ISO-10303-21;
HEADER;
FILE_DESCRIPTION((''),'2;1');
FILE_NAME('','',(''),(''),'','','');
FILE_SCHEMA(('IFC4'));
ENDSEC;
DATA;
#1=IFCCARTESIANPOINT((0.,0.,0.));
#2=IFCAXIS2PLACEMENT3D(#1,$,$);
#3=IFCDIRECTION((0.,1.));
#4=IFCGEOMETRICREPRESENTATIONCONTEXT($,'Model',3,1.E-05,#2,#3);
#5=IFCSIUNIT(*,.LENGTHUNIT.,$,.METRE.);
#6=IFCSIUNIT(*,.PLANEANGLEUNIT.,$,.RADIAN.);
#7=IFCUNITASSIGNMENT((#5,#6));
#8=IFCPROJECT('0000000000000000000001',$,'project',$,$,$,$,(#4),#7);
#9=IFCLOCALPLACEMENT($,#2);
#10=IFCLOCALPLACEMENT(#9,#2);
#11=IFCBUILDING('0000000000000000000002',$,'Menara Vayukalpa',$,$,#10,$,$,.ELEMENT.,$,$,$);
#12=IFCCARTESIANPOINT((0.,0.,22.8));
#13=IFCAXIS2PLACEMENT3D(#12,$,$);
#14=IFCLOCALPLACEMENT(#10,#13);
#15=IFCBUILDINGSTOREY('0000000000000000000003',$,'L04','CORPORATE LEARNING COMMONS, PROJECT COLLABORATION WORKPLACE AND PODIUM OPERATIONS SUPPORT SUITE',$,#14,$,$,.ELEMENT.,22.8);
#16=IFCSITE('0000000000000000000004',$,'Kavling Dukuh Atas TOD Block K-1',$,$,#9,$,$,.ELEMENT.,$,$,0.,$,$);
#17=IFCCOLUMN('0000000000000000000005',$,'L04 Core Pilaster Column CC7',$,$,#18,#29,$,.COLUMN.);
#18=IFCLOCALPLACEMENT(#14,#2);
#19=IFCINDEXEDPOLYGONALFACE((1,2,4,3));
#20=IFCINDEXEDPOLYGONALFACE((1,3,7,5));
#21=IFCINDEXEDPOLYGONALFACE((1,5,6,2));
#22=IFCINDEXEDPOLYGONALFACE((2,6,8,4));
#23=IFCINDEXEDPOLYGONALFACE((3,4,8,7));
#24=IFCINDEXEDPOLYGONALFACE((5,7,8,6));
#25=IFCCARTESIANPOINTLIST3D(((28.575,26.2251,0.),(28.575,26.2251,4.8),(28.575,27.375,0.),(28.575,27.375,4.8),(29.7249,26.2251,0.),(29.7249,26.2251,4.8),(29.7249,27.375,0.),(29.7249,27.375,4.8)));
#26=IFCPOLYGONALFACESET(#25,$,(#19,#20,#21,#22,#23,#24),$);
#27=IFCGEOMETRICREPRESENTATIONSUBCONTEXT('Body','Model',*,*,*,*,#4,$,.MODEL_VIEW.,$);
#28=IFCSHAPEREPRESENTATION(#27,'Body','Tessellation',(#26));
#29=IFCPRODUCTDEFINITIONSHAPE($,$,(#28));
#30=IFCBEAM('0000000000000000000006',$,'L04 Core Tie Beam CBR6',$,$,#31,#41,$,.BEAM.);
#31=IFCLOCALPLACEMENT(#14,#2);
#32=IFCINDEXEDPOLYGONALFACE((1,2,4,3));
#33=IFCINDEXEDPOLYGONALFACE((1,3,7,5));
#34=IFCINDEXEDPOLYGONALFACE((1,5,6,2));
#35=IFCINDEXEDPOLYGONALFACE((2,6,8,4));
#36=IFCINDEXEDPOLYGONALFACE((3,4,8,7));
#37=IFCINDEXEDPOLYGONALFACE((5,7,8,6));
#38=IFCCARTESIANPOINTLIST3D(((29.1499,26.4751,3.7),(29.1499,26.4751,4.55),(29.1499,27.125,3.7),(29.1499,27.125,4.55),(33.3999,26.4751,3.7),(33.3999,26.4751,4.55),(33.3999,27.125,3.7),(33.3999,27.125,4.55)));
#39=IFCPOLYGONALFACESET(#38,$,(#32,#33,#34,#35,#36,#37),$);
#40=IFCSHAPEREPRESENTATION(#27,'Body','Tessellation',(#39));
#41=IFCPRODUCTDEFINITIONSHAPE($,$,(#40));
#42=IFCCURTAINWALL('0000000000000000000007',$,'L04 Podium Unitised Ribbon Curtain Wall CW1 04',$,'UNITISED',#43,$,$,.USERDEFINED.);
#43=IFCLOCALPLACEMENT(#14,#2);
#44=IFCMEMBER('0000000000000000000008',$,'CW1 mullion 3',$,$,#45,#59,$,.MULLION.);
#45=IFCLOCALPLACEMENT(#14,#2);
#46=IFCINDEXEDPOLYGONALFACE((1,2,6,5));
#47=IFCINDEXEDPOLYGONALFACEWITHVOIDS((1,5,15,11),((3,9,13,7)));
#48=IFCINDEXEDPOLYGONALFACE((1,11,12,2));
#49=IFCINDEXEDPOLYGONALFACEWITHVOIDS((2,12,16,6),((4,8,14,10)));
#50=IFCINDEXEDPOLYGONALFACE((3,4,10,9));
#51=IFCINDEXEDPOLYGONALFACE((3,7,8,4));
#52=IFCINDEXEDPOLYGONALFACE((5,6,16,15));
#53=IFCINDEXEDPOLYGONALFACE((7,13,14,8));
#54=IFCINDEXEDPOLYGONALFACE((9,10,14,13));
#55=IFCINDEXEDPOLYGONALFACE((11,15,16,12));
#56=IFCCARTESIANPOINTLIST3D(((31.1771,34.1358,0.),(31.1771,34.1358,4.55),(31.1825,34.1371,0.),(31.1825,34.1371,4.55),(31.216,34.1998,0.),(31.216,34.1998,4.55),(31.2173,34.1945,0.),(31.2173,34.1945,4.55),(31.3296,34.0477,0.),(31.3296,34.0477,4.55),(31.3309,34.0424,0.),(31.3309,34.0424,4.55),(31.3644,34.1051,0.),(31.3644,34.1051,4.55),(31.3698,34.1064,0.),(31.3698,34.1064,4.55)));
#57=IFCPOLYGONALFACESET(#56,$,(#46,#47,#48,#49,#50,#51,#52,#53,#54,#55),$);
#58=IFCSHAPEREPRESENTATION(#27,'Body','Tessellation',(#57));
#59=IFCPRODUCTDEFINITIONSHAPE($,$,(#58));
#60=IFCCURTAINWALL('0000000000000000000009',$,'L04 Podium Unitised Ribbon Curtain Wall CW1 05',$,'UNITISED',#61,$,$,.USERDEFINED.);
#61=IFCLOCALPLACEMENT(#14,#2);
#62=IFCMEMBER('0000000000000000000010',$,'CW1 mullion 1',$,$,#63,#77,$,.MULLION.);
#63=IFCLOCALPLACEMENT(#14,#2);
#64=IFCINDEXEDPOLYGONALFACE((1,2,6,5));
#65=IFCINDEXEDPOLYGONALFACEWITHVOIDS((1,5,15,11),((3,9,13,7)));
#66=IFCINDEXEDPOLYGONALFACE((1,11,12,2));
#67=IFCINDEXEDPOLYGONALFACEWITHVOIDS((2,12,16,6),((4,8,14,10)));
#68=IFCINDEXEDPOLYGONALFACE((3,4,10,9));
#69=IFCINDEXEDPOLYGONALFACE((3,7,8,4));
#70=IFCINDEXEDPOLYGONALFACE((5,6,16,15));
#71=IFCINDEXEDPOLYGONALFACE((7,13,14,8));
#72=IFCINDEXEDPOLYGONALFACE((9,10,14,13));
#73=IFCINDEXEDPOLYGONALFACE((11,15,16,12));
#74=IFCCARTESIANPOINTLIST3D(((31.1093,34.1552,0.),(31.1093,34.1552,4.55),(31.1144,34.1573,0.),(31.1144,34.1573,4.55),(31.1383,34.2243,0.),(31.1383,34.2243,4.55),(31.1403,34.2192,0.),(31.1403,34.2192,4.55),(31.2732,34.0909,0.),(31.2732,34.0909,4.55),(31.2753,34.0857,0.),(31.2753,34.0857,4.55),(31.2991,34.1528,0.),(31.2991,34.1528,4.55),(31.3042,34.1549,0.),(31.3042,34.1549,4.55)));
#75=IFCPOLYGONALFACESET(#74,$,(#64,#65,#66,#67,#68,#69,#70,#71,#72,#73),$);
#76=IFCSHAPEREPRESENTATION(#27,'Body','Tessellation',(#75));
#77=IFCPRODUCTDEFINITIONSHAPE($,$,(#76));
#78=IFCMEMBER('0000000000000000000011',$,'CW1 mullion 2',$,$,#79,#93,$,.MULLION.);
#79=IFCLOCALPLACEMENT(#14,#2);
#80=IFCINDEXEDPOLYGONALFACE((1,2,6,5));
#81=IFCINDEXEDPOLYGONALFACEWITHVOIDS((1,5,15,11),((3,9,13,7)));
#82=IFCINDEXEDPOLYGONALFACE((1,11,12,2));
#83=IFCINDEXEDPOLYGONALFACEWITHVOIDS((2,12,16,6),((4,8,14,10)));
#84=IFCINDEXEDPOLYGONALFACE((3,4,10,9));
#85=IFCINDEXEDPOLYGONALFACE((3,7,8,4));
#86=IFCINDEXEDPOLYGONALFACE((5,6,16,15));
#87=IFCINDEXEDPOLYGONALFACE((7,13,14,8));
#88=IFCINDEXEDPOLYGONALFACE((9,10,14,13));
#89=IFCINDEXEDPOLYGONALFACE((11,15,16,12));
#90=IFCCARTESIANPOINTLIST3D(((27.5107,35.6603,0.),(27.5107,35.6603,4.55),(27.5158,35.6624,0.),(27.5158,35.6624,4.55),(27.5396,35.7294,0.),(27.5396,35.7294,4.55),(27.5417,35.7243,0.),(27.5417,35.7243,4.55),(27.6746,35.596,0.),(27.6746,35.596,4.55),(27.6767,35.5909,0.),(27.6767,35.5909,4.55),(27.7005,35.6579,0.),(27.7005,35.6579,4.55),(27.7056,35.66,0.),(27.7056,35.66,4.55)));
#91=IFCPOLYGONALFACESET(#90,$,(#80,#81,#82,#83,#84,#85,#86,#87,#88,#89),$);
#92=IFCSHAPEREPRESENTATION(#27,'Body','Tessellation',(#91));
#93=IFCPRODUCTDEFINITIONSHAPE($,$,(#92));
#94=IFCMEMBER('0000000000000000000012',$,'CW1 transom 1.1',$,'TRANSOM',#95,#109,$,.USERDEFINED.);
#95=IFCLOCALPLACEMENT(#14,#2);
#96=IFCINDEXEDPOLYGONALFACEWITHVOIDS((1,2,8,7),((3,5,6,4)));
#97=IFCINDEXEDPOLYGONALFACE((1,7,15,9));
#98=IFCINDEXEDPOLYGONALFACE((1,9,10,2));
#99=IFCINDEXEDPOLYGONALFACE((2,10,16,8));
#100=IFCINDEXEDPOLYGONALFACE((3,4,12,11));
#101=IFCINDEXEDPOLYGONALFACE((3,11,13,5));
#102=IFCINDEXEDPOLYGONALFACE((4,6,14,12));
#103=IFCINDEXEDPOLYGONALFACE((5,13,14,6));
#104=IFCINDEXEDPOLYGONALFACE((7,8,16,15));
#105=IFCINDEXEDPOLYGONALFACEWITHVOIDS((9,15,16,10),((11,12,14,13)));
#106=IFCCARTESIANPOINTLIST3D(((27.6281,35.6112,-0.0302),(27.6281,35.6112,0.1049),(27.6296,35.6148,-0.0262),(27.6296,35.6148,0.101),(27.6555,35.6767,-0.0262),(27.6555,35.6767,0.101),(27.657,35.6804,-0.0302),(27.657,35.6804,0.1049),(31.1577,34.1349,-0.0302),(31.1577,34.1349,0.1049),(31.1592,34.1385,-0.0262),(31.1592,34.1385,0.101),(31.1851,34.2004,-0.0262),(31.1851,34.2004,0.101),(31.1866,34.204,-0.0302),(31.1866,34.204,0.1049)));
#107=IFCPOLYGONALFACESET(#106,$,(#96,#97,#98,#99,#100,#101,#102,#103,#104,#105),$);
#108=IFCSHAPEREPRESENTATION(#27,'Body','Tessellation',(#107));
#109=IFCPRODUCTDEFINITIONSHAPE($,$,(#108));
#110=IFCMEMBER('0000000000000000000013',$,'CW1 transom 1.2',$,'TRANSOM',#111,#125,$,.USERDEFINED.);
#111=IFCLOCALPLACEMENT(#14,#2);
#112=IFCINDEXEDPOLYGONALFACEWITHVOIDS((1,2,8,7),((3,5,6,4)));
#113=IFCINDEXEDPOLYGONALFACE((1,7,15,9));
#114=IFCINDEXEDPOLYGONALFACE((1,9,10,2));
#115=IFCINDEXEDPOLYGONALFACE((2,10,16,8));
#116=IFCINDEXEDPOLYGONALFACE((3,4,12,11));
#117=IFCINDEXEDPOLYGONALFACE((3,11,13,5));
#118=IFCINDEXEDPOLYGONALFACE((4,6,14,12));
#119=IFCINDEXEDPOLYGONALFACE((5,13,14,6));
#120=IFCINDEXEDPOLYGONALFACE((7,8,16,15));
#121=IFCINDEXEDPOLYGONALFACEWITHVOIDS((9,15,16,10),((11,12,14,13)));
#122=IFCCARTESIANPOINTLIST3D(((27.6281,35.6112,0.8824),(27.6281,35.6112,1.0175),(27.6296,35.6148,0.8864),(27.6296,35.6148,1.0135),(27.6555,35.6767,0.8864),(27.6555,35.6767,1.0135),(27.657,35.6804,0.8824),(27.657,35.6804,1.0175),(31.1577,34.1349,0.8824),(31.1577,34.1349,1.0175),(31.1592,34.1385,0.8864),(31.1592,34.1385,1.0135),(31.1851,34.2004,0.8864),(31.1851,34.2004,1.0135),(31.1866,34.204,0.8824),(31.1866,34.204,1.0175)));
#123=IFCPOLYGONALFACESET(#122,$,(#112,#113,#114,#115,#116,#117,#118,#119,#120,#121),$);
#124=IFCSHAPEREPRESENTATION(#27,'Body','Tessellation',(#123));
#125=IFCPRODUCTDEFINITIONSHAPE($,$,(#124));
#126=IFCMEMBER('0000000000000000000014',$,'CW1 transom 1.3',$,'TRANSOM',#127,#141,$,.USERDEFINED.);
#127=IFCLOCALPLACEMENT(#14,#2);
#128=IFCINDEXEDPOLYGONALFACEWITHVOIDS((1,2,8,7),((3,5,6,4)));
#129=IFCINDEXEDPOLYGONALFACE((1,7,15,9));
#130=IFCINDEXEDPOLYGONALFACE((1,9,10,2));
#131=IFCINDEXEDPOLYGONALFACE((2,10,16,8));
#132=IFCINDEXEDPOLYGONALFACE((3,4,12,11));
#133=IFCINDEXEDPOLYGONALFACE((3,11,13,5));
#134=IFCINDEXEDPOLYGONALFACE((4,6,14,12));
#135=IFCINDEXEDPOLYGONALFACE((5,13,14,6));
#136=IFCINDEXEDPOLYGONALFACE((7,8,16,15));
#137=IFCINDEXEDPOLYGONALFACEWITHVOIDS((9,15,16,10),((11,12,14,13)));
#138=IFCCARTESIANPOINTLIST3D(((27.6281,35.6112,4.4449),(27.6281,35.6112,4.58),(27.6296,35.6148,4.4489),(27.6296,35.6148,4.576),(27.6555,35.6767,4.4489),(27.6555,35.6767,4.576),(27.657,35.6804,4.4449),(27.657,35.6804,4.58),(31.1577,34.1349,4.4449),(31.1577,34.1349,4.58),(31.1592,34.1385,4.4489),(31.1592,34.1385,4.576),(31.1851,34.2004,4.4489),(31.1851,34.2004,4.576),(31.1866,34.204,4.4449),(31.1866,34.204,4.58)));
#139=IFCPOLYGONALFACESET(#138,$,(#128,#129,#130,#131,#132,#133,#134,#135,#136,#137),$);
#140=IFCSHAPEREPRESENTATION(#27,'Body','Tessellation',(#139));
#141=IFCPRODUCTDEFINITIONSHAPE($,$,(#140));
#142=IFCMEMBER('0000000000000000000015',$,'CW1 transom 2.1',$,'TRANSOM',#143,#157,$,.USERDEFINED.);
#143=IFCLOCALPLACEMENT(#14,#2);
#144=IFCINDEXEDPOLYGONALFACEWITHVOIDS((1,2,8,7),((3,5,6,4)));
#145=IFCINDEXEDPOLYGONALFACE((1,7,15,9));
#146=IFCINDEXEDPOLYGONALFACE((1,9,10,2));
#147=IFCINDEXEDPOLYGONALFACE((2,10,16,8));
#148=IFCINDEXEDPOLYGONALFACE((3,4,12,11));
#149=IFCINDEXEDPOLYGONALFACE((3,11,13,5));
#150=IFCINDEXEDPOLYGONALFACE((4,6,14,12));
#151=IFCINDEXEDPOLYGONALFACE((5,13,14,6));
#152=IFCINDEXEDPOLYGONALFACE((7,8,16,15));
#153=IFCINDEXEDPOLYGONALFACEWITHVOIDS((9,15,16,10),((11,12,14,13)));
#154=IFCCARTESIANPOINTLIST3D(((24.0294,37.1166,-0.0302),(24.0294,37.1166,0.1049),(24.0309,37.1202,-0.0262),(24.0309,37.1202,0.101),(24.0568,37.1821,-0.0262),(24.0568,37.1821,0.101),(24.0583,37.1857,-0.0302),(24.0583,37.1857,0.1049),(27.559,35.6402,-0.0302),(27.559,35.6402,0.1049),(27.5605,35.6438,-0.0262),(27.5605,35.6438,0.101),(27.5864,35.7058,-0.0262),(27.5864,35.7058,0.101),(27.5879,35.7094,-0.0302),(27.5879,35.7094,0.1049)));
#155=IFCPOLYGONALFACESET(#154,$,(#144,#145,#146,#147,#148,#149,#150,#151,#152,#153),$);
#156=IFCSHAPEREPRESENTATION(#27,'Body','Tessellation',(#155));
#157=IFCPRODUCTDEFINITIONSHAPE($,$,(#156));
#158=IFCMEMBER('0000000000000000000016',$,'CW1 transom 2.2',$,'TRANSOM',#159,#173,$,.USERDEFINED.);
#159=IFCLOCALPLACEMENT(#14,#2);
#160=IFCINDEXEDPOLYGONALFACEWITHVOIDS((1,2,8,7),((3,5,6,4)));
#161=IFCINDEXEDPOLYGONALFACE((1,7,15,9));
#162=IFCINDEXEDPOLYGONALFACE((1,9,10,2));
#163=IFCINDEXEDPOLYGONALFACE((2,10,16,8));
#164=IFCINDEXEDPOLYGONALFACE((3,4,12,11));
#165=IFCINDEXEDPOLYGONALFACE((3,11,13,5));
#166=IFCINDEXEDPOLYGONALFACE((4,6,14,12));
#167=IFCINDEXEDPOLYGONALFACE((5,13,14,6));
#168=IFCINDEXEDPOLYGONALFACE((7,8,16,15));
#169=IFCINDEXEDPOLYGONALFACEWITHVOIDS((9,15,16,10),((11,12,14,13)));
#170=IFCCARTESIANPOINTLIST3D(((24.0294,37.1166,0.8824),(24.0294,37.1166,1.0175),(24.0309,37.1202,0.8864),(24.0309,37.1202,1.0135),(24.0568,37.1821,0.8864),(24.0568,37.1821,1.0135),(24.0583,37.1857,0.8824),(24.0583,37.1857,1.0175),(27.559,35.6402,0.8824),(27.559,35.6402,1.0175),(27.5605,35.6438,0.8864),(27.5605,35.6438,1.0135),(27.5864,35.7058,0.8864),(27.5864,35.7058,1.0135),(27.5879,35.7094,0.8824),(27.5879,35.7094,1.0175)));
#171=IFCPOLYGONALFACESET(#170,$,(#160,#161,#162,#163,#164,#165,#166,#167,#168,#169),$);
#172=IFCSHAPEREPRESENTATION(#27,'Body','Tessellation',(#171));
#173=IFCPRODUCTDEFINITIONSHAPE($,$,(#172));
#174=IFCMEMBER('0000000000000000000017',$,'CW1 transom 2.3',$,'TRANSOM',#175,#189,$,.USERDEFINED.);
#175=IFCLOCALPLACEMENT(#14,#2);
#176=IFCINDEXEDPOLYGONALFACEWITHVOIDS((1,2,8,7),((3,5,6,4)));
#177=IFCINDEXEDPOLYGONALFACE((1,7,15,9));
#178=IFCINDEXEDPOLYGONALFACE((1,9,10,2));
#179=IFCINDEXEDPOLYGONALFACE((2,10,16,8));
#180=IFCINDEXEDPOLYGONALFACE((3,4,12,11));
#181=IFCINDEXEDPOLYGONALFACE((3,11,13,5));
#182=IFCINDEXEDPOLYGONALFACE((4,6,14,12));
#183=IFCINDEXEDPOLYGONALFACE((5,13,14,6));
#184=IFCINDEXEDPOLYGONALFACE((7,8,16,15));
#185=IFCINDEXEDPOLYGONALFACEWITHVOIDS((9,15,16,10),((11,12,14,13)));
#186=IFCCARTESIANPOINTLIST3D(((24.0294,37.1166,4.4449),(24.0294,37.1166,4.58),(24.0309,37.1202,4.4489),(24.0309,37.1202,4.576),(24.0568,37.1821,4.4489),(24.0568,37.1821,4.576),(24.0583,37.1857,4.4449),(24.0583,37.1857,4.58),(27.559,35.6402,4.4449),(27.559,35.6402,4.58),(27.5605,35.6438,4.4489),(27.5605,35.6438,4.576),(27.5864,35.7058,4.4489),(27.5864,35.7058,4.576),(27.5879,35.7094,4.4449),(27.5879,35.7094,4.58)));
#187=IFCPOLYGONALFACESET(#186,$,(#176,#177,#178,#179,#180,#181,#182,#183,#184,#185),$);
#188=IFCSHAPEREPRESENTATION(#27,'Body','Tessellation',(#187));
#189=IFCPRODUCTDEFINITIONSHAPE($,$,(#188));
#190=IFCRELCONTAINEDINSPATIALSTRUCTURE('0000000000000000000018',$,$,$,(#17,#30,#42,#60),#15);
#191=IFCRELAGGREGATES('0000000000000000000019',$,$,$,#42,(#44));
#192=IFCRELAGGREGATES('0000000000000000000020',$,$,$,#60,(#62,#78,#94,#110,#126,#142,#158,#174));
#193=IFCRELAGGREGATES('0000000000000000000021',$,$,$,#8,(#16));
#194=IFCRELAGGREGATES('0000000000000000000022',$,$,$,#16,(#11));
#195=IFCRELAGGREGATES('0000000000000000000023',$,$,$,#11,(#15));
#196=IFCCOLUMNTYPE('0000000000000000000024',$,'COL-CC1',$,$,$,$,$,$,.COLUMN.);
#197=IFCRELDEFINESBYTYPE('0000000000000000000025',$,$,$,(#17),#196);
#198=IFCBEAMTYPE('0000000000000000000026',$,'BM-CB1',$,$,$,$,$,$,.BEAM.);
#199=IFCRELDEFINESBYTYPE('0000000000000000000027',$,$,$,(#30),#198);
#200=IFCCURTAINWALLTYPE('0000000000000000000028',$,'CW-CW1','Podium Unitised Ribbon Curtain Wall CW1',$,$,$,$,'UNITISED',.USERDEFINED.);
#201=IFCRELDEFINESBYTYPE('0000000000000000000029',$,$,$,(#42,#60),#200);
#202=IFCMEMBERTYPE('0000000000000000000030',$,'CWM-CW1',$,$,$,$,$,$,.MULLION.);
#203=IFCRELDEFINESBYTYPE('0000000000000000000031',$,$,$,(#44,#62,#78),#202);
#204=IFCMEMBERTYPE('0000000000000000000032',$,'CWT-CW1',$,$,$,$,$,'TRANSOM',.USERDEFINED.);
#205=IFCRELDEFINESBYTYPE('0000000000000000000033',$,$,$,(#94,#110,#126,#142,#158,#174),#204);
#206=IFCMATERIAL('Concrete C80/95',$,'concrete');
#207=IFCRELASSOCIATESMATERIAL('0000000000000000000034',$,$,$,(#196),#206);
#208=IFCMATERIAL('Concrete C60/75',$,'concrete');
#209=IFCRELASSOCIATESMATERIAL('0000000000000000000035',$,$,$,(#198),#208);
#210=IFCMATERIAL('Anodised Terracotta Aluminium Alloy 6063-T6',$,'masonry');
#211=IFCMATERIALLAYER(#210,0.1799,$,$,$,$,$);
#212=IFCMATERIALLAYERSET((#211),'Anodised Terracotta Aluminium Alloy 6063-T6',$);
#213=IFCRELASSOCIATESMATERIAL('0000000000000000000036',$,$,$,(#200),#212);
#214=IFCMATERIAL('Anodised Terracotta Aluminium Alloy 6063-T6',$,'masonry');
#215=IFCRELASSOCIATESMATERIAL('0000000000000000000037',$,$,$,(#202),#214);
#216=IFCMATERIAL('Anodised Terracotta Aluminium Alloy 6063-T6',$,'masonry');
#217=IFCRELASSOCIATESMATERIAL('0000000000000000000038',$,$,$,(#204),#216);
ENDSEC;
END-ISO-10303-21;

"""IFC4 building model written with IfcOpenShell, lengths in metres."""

from ifc_helpers import new_model, si_unit, direction, frame, origin, origin_2d, place, context, subcontext, project, spatial, rectangle, hollow_rectangle, extrude, material, layer, layer_set, material_profile, profile_set, type_object, element, aggregate, save


model = new_model("IFC4")

# Units and contexts
model_context = context("Model", 3, precision=1e-05, world=origin(), true_north=direction((0.0, 1.0)))
body_context = subcontext(model_context, "Body", "Model", "MODEL_VIEW")
ifc_project = project(units=[si_unit("LENGTHUNIT", "METRE"), si_unit("PLANEANGLEUNIT", "RADIAN")], contexts=[model_context])

# Site, building, storey
site_placement = place(None, origin())
site = spatial("IfcSite", under=ifc_project, at=site_placement, Name="Kavling Dukuh Atas TOD Block K-1", CompositionType="ELEMENT", RefElevation=0.0)
building_placement = place(site_placement, origin())
building = spatial("IfcBuilding", under=site, at=building_placement, Name="Menara Vayukalpa", CompositionType="ELEMENT")
storey_placement = place(building_placement, frame((0.0, 0.0, 22.8)))
storey = spatial("IfcBuildingStorey", under=building, at=storey_placement, Name="L04", Description="CORPORATE LEARNING COMMONS, PROJECT COLLABORATION WORKPLACE AND PODIUM OPERATIONS SUPPORT SUITE", CompositionType="ELEMENT", Elevation=22.8)

# Column
ifc_material_1 = material(Name="Concrete C80/95", Category="concrete")
ifc_material_profile_1 = material_profile(ifc_material_1, rectangle(XDim=1.1499, YDim=1.1499, at=origin_2d()), Name="RC 1150x1150")
ifc_profile_set_1 = profile_set([ifc_material_profile_1], Name="Concrete C80/95")
column_type = type_object("IfcColumnType", Name="COL-CC1", PredefinedType="COLUMN", material=ifc_profile_set_1)
column_placement = place(storey_placement, frame((29.1499, 26.8, 0.0), z_axis=(0.0, 0.0, 1.0), x_axis=(1.0, 0.0, 0.0)))
element("IfcColumn", 1, at=column_placement, inside=storey, type_object=column_type, Name="L04 Core Pilaster Column CC7", PredefinedType="COLUMN", context=body_context, shape_type="SweptSolid", body=[
    extrude(rectangle(XDim=1.1499, YDim=1.1499, at=origin_2d()), origin(), (0.0, 0.0, 1.0), 4.8),
])

# Beam
ifc_material_2 = material(Name="Concrete C60/75", Category="concrete")
ifc_material_profile_2 = material_profile(ifc_material_2, rectangle(XDim=0.6499, YDim=0.8501, at=origin_2d()), Name="RC 650x850")
ifc_profile_set_2 = profile_set([ifc_material_profile_2], Name="Concrete C60/75")
beam_type = type_object("IfcBeamType", Name="BM-CB1", PredefinedType="BEAM", material=ifc_profile_set_2)
beam_placement = place(storey_placement, frame((29.1499, 26.8, 4.125), z_axis=(1.0, 0.0, 0.0), x_axis=(0.0, 1.0, 0.0)))
element("IfcBeam", 2, at=beam_placement, inside=storey, type_object=beam_type, Name="L04 Core Tie Beam CBR6", PredefinedType="BEAM", context=body_context, shape_type="SweptSolid", body=[
    extrude(rectangle(XDim=0.6499, YDim=0.8501, at=origin_2d()), origin(), (0.0, 0.0, 1.0), 4.25),
])

# Curtain wall, member
ifc_material_3 = material(Name="Anodised Terracotta Aluminium Alloy 6063-T6", Category="masonry")
ifc_layer_1 = layer(ifc_material_3, 0.1799)
ifc_layer_set_1 = layer_set([ifc_layer_1], Name="Anodised Terracotta Aluminium Alloy 6063-T6")
curtain_wall_type = type_object("IfcCurtainWallType", Name="CW-CW1", Description="Podium Unitised Ribbon Curtain Wall CW1", ElementType="UNITISED", PredefinedType="USERDEFINED", material=ifc_layer_set_1)
curtain_wall_1_placement = place(storey_placement, origin())
curtain_wall_1 = element("IfcCurtainWall", 3, at=curtain_wall_1_placement, inside=storey, type_object=curtain_wall_type, Name="L04 Podium Unitised Ribbon Curtain Wall CW1 04", ObjectType="UNITISED", PredefinedType="USERDEFINED")
ifc_material_4 = material(Name="Anodised Terracotta Aluminium Alloy 6063-T6", Category="masonry")
ifc_material_profile_3 = material_profile(ifc_material_4, hollow_rectangle(XDim=0.075, YDim=0.1799, WallThickness=0.0039, at=origin_2d()), Name="ALU 75x180x4")
ifc_profile_set_3 = profile_set([ifc_material_profile_3], Name="Anodised Terracotta Aluminium Alloy 6063-T6")
member_type_1 = type_object("IfcMemberType", Name="CWM-CW1", PredefinedType="MULLION", material=ifc_profile_set_3)
member_1_placement = place(storey_placement, frame((31.2734, 34.1211, 0.0), z_axis=(0.0, 0.0, 1.0), x_axis=(-0.51918, -0.854665, 0.0)))
member_1 = element("IfcMember", 4, at=member_1_placement, type_object=member_type_1, Name="CW1 mullion 3", PredefinedType="MULLION", context=body_context, shape_type="SweptSolid", body=[
    extrude(hollow_rectangle(XDim=0.075, YDim=0.1799, WallThickness=0.0039, at=origin_2d()), origin(), (0.0, 0.0, 1.0), 4.55),
])
aggregate(curtain_wall_1, [member_1])

# Curtain wall, members
curtain_wall_2_placement = place(storey_placement, origin())
curtain_wall_2 = element("IfcCurtainWall", 5, at=curtain_wall_2_placement, inside=storey, type_object=curtain_wall_type, Name="L04 Podium Unitised Ribbon Curtain Wall CW1 05", ObjectType="UNITISED", PredefinedType="USERDEFINED")
member_2_placement = place(storey_placement, frame((31.2068, 34.155, 0.0), z_axis=(0.0, 0.0, 1.0), x_axis=(-0.385891, -0.922545, 0.0)))
member_2 = element("IfcMember", 6, at=member_2_placement, type_object=member_type_1, Name="CW1 mullion 1", PredefinedType="MULLION", context=body_context, shape_type="SweptSolid", body=[
    extrude(hollow_rectangle(XDim=0.075, YDim=0.1799, WallThickness=0.0039, at=origin_2d()), origin(), (0.0, 0.0, 1.0), 4.55),
])
member_3_placement = place(storey_placement, frame((27.6082, 35.6602, 0.0), z_axis=(0.0, 0.0, 1.0), x_axis=(-0.385891, -0.922545, 0.0)))
member_3 = element("IfcMember", 7, at=member_3_placement, type_object=member_type_1, Name="CW1 mullion 2", PredefinedType="MULLION", context=body_context, shape_type="SweptSolid", body=[
    extrude(hollow_rectangle(XDim=0.075, YDim=0.1799, WallThickness=0.0039, at=origin_2d()), origin(), (0.0, 0.0, 1.0), 4.55),
])
ifc_material_5 = material(Name="Anodised Terracotta Aluminium Alloy 6063-T6", Category="masonry")
ifc_material_profile_4 = material_profile(ifc_material_5, hollow_rectangle(XDim=0.075, YDim=0.135, WallThickness=0.0039, at=origin_2d()), Name="ALU 75x135x4")
ifc_profile_set_4 = profile_set([ifc_material_profile_4], Name="Anodised Terracotta Aluminium Alloy 6063-T6")
member_type_2 = type_object("IfcMemberType", Name="CWT-CW1", ElementType="TRANSOM", PredefinedType="USERDEFINED", material=ifc_profile_set_4)
member_4_placement = place(storey_placement, frame((31.1721, 34.1694, 0.0374), z_axis=(-0.922549, 0.385879, 0.0), x_axis=(-0.385879, -0.922549, 0.0)))
member_4 = element("IfcMember", 8, at=member_4_placement, type_object=member_type_2, Name="CW1 transom 1.1", ObjectType="TRANSOM", PredefinedType="USERDEFINED", context=body_context, shape_type="SweptSolid", body=[
    extrude(hollow_rectangle(XDim=0.075, YDim=0.135, WallThickness=0.0039, at=origin_2d()), origin(), (0.0, 0.0, 1.0), 3.8259),
])
member_5_placement = place(storey_placement, frame((31.1721, 34.1694, 0.95), z_axis=(-0.922549, 0.385879, 0.0), x_axis=(-0.385879, -0.922549, 0.0)))
member_5 = element("IfcMember", 9, at=member_5_placement, type_object=member_type_2, Name="CW1 transom 1.2", ObjectType="TRANSOM", PredefinedType="USERDEFINED", context=body_context, shape_type="SweptSolid", body=[
    extrude(hollow_rectangle(XDim=0.075, YDim=0.135, WallThickness=0.0039, at=origin_2d()), origin(), (0.0, 0.0, 1.0), 3.8259),
])
member_6_placement = place(storey_placement, frame((31.1721, 34.1694, 4.5125), z_axis=(-0.922549, 0.385879, 0.0), x_axis=(-0.385879, -0.922549, 0.0)))
member_6 = element("IfcMember", 10, at=member_6_placement, type_object=member_type_2, Name="CW1 transom 1.3", ObjectType="TRANSOM", PredefinedType="USERDEFINED", context=body_context, shape_type="SweptSolid", body=[
    extrude(hollow_rectangle(XDim=0.075, YDim=0.135, WallThickness=0.0039, at=origin_2d()), origin(), (0.0, 0.0, 1.0), 3.8259),
])
member_7_placement = place(storey_placement, frame((27.5735, 35.6748, 0.0374), z_axis=(-0.922549, 0.385879, 0.0), x_axis=(-0.385879, -0.922549, 0.0)))
member_7 = element("IfcMember", 11, at=member_7_placement, type_object=member_type_2, Name="CW1 transom 2.1", ObjectType="TRANSOM", PredefinedType="USERDEFINED", context=body_context, shape_type="SweptSolid", body=[
    extrude(hollow_rectangle(XDim=0.075, YDim=0.135, WallThickness=0.0039, at=origin_2d()), origin(), (0.0, 0.0, 1.0), 3.8259),
])
member_8_placement = place(storey_placement, frame((27.5735, 35.6748, 0.95), z_axis=(-0.922549, 0.385879, 0.0), x_axis=(-0.385879, -0.922549, 0.0)))
member_8 = element("IfcMember", 12, at=member_8_placement, type_object=member_type_2, Name="CW1 transom 2.2", ObjectType="TRANSOM", PredefinedType="USERDEFINED", context=body_context, shape_type="SweptSolid", body=[
    extrude(hollow_rectangle(XDim=0.075, YDim=0.135, WallThickness=0.0039, at=origin_2d()), origin(), (0.0, 0.0, 1.0), 3.8259),
])
member_9_placement = place(storey_placement, frame((27.5735, 35.6748, 4.5125), z_axis=(-0.922549, 0.385879, 0.0), x_axis=(-0.385879, -0.922549, 0.0)))
member_9 = element("IfcMember", 13, at=member_9_placement, type_object=member_type_2, Name="CW1 transom 2.3", ObjectType="TRANSOM", PredefinedType="USERDEFINED", context=body_context, shape_type="SweptSolid", body=[
    extrude(hollow_rectangle(XDim=0.075, YDim=0.135, WallThickness=0.0039, at=origin_2d()), origin(), (0.0, 0.0, 1.0), 3.8259),
])
aggregate(curtain_wall_2, [member_2, member_3, member_4, member_5, member_6, member_7, member_8, member_9])

save(model, "model.ifc")
